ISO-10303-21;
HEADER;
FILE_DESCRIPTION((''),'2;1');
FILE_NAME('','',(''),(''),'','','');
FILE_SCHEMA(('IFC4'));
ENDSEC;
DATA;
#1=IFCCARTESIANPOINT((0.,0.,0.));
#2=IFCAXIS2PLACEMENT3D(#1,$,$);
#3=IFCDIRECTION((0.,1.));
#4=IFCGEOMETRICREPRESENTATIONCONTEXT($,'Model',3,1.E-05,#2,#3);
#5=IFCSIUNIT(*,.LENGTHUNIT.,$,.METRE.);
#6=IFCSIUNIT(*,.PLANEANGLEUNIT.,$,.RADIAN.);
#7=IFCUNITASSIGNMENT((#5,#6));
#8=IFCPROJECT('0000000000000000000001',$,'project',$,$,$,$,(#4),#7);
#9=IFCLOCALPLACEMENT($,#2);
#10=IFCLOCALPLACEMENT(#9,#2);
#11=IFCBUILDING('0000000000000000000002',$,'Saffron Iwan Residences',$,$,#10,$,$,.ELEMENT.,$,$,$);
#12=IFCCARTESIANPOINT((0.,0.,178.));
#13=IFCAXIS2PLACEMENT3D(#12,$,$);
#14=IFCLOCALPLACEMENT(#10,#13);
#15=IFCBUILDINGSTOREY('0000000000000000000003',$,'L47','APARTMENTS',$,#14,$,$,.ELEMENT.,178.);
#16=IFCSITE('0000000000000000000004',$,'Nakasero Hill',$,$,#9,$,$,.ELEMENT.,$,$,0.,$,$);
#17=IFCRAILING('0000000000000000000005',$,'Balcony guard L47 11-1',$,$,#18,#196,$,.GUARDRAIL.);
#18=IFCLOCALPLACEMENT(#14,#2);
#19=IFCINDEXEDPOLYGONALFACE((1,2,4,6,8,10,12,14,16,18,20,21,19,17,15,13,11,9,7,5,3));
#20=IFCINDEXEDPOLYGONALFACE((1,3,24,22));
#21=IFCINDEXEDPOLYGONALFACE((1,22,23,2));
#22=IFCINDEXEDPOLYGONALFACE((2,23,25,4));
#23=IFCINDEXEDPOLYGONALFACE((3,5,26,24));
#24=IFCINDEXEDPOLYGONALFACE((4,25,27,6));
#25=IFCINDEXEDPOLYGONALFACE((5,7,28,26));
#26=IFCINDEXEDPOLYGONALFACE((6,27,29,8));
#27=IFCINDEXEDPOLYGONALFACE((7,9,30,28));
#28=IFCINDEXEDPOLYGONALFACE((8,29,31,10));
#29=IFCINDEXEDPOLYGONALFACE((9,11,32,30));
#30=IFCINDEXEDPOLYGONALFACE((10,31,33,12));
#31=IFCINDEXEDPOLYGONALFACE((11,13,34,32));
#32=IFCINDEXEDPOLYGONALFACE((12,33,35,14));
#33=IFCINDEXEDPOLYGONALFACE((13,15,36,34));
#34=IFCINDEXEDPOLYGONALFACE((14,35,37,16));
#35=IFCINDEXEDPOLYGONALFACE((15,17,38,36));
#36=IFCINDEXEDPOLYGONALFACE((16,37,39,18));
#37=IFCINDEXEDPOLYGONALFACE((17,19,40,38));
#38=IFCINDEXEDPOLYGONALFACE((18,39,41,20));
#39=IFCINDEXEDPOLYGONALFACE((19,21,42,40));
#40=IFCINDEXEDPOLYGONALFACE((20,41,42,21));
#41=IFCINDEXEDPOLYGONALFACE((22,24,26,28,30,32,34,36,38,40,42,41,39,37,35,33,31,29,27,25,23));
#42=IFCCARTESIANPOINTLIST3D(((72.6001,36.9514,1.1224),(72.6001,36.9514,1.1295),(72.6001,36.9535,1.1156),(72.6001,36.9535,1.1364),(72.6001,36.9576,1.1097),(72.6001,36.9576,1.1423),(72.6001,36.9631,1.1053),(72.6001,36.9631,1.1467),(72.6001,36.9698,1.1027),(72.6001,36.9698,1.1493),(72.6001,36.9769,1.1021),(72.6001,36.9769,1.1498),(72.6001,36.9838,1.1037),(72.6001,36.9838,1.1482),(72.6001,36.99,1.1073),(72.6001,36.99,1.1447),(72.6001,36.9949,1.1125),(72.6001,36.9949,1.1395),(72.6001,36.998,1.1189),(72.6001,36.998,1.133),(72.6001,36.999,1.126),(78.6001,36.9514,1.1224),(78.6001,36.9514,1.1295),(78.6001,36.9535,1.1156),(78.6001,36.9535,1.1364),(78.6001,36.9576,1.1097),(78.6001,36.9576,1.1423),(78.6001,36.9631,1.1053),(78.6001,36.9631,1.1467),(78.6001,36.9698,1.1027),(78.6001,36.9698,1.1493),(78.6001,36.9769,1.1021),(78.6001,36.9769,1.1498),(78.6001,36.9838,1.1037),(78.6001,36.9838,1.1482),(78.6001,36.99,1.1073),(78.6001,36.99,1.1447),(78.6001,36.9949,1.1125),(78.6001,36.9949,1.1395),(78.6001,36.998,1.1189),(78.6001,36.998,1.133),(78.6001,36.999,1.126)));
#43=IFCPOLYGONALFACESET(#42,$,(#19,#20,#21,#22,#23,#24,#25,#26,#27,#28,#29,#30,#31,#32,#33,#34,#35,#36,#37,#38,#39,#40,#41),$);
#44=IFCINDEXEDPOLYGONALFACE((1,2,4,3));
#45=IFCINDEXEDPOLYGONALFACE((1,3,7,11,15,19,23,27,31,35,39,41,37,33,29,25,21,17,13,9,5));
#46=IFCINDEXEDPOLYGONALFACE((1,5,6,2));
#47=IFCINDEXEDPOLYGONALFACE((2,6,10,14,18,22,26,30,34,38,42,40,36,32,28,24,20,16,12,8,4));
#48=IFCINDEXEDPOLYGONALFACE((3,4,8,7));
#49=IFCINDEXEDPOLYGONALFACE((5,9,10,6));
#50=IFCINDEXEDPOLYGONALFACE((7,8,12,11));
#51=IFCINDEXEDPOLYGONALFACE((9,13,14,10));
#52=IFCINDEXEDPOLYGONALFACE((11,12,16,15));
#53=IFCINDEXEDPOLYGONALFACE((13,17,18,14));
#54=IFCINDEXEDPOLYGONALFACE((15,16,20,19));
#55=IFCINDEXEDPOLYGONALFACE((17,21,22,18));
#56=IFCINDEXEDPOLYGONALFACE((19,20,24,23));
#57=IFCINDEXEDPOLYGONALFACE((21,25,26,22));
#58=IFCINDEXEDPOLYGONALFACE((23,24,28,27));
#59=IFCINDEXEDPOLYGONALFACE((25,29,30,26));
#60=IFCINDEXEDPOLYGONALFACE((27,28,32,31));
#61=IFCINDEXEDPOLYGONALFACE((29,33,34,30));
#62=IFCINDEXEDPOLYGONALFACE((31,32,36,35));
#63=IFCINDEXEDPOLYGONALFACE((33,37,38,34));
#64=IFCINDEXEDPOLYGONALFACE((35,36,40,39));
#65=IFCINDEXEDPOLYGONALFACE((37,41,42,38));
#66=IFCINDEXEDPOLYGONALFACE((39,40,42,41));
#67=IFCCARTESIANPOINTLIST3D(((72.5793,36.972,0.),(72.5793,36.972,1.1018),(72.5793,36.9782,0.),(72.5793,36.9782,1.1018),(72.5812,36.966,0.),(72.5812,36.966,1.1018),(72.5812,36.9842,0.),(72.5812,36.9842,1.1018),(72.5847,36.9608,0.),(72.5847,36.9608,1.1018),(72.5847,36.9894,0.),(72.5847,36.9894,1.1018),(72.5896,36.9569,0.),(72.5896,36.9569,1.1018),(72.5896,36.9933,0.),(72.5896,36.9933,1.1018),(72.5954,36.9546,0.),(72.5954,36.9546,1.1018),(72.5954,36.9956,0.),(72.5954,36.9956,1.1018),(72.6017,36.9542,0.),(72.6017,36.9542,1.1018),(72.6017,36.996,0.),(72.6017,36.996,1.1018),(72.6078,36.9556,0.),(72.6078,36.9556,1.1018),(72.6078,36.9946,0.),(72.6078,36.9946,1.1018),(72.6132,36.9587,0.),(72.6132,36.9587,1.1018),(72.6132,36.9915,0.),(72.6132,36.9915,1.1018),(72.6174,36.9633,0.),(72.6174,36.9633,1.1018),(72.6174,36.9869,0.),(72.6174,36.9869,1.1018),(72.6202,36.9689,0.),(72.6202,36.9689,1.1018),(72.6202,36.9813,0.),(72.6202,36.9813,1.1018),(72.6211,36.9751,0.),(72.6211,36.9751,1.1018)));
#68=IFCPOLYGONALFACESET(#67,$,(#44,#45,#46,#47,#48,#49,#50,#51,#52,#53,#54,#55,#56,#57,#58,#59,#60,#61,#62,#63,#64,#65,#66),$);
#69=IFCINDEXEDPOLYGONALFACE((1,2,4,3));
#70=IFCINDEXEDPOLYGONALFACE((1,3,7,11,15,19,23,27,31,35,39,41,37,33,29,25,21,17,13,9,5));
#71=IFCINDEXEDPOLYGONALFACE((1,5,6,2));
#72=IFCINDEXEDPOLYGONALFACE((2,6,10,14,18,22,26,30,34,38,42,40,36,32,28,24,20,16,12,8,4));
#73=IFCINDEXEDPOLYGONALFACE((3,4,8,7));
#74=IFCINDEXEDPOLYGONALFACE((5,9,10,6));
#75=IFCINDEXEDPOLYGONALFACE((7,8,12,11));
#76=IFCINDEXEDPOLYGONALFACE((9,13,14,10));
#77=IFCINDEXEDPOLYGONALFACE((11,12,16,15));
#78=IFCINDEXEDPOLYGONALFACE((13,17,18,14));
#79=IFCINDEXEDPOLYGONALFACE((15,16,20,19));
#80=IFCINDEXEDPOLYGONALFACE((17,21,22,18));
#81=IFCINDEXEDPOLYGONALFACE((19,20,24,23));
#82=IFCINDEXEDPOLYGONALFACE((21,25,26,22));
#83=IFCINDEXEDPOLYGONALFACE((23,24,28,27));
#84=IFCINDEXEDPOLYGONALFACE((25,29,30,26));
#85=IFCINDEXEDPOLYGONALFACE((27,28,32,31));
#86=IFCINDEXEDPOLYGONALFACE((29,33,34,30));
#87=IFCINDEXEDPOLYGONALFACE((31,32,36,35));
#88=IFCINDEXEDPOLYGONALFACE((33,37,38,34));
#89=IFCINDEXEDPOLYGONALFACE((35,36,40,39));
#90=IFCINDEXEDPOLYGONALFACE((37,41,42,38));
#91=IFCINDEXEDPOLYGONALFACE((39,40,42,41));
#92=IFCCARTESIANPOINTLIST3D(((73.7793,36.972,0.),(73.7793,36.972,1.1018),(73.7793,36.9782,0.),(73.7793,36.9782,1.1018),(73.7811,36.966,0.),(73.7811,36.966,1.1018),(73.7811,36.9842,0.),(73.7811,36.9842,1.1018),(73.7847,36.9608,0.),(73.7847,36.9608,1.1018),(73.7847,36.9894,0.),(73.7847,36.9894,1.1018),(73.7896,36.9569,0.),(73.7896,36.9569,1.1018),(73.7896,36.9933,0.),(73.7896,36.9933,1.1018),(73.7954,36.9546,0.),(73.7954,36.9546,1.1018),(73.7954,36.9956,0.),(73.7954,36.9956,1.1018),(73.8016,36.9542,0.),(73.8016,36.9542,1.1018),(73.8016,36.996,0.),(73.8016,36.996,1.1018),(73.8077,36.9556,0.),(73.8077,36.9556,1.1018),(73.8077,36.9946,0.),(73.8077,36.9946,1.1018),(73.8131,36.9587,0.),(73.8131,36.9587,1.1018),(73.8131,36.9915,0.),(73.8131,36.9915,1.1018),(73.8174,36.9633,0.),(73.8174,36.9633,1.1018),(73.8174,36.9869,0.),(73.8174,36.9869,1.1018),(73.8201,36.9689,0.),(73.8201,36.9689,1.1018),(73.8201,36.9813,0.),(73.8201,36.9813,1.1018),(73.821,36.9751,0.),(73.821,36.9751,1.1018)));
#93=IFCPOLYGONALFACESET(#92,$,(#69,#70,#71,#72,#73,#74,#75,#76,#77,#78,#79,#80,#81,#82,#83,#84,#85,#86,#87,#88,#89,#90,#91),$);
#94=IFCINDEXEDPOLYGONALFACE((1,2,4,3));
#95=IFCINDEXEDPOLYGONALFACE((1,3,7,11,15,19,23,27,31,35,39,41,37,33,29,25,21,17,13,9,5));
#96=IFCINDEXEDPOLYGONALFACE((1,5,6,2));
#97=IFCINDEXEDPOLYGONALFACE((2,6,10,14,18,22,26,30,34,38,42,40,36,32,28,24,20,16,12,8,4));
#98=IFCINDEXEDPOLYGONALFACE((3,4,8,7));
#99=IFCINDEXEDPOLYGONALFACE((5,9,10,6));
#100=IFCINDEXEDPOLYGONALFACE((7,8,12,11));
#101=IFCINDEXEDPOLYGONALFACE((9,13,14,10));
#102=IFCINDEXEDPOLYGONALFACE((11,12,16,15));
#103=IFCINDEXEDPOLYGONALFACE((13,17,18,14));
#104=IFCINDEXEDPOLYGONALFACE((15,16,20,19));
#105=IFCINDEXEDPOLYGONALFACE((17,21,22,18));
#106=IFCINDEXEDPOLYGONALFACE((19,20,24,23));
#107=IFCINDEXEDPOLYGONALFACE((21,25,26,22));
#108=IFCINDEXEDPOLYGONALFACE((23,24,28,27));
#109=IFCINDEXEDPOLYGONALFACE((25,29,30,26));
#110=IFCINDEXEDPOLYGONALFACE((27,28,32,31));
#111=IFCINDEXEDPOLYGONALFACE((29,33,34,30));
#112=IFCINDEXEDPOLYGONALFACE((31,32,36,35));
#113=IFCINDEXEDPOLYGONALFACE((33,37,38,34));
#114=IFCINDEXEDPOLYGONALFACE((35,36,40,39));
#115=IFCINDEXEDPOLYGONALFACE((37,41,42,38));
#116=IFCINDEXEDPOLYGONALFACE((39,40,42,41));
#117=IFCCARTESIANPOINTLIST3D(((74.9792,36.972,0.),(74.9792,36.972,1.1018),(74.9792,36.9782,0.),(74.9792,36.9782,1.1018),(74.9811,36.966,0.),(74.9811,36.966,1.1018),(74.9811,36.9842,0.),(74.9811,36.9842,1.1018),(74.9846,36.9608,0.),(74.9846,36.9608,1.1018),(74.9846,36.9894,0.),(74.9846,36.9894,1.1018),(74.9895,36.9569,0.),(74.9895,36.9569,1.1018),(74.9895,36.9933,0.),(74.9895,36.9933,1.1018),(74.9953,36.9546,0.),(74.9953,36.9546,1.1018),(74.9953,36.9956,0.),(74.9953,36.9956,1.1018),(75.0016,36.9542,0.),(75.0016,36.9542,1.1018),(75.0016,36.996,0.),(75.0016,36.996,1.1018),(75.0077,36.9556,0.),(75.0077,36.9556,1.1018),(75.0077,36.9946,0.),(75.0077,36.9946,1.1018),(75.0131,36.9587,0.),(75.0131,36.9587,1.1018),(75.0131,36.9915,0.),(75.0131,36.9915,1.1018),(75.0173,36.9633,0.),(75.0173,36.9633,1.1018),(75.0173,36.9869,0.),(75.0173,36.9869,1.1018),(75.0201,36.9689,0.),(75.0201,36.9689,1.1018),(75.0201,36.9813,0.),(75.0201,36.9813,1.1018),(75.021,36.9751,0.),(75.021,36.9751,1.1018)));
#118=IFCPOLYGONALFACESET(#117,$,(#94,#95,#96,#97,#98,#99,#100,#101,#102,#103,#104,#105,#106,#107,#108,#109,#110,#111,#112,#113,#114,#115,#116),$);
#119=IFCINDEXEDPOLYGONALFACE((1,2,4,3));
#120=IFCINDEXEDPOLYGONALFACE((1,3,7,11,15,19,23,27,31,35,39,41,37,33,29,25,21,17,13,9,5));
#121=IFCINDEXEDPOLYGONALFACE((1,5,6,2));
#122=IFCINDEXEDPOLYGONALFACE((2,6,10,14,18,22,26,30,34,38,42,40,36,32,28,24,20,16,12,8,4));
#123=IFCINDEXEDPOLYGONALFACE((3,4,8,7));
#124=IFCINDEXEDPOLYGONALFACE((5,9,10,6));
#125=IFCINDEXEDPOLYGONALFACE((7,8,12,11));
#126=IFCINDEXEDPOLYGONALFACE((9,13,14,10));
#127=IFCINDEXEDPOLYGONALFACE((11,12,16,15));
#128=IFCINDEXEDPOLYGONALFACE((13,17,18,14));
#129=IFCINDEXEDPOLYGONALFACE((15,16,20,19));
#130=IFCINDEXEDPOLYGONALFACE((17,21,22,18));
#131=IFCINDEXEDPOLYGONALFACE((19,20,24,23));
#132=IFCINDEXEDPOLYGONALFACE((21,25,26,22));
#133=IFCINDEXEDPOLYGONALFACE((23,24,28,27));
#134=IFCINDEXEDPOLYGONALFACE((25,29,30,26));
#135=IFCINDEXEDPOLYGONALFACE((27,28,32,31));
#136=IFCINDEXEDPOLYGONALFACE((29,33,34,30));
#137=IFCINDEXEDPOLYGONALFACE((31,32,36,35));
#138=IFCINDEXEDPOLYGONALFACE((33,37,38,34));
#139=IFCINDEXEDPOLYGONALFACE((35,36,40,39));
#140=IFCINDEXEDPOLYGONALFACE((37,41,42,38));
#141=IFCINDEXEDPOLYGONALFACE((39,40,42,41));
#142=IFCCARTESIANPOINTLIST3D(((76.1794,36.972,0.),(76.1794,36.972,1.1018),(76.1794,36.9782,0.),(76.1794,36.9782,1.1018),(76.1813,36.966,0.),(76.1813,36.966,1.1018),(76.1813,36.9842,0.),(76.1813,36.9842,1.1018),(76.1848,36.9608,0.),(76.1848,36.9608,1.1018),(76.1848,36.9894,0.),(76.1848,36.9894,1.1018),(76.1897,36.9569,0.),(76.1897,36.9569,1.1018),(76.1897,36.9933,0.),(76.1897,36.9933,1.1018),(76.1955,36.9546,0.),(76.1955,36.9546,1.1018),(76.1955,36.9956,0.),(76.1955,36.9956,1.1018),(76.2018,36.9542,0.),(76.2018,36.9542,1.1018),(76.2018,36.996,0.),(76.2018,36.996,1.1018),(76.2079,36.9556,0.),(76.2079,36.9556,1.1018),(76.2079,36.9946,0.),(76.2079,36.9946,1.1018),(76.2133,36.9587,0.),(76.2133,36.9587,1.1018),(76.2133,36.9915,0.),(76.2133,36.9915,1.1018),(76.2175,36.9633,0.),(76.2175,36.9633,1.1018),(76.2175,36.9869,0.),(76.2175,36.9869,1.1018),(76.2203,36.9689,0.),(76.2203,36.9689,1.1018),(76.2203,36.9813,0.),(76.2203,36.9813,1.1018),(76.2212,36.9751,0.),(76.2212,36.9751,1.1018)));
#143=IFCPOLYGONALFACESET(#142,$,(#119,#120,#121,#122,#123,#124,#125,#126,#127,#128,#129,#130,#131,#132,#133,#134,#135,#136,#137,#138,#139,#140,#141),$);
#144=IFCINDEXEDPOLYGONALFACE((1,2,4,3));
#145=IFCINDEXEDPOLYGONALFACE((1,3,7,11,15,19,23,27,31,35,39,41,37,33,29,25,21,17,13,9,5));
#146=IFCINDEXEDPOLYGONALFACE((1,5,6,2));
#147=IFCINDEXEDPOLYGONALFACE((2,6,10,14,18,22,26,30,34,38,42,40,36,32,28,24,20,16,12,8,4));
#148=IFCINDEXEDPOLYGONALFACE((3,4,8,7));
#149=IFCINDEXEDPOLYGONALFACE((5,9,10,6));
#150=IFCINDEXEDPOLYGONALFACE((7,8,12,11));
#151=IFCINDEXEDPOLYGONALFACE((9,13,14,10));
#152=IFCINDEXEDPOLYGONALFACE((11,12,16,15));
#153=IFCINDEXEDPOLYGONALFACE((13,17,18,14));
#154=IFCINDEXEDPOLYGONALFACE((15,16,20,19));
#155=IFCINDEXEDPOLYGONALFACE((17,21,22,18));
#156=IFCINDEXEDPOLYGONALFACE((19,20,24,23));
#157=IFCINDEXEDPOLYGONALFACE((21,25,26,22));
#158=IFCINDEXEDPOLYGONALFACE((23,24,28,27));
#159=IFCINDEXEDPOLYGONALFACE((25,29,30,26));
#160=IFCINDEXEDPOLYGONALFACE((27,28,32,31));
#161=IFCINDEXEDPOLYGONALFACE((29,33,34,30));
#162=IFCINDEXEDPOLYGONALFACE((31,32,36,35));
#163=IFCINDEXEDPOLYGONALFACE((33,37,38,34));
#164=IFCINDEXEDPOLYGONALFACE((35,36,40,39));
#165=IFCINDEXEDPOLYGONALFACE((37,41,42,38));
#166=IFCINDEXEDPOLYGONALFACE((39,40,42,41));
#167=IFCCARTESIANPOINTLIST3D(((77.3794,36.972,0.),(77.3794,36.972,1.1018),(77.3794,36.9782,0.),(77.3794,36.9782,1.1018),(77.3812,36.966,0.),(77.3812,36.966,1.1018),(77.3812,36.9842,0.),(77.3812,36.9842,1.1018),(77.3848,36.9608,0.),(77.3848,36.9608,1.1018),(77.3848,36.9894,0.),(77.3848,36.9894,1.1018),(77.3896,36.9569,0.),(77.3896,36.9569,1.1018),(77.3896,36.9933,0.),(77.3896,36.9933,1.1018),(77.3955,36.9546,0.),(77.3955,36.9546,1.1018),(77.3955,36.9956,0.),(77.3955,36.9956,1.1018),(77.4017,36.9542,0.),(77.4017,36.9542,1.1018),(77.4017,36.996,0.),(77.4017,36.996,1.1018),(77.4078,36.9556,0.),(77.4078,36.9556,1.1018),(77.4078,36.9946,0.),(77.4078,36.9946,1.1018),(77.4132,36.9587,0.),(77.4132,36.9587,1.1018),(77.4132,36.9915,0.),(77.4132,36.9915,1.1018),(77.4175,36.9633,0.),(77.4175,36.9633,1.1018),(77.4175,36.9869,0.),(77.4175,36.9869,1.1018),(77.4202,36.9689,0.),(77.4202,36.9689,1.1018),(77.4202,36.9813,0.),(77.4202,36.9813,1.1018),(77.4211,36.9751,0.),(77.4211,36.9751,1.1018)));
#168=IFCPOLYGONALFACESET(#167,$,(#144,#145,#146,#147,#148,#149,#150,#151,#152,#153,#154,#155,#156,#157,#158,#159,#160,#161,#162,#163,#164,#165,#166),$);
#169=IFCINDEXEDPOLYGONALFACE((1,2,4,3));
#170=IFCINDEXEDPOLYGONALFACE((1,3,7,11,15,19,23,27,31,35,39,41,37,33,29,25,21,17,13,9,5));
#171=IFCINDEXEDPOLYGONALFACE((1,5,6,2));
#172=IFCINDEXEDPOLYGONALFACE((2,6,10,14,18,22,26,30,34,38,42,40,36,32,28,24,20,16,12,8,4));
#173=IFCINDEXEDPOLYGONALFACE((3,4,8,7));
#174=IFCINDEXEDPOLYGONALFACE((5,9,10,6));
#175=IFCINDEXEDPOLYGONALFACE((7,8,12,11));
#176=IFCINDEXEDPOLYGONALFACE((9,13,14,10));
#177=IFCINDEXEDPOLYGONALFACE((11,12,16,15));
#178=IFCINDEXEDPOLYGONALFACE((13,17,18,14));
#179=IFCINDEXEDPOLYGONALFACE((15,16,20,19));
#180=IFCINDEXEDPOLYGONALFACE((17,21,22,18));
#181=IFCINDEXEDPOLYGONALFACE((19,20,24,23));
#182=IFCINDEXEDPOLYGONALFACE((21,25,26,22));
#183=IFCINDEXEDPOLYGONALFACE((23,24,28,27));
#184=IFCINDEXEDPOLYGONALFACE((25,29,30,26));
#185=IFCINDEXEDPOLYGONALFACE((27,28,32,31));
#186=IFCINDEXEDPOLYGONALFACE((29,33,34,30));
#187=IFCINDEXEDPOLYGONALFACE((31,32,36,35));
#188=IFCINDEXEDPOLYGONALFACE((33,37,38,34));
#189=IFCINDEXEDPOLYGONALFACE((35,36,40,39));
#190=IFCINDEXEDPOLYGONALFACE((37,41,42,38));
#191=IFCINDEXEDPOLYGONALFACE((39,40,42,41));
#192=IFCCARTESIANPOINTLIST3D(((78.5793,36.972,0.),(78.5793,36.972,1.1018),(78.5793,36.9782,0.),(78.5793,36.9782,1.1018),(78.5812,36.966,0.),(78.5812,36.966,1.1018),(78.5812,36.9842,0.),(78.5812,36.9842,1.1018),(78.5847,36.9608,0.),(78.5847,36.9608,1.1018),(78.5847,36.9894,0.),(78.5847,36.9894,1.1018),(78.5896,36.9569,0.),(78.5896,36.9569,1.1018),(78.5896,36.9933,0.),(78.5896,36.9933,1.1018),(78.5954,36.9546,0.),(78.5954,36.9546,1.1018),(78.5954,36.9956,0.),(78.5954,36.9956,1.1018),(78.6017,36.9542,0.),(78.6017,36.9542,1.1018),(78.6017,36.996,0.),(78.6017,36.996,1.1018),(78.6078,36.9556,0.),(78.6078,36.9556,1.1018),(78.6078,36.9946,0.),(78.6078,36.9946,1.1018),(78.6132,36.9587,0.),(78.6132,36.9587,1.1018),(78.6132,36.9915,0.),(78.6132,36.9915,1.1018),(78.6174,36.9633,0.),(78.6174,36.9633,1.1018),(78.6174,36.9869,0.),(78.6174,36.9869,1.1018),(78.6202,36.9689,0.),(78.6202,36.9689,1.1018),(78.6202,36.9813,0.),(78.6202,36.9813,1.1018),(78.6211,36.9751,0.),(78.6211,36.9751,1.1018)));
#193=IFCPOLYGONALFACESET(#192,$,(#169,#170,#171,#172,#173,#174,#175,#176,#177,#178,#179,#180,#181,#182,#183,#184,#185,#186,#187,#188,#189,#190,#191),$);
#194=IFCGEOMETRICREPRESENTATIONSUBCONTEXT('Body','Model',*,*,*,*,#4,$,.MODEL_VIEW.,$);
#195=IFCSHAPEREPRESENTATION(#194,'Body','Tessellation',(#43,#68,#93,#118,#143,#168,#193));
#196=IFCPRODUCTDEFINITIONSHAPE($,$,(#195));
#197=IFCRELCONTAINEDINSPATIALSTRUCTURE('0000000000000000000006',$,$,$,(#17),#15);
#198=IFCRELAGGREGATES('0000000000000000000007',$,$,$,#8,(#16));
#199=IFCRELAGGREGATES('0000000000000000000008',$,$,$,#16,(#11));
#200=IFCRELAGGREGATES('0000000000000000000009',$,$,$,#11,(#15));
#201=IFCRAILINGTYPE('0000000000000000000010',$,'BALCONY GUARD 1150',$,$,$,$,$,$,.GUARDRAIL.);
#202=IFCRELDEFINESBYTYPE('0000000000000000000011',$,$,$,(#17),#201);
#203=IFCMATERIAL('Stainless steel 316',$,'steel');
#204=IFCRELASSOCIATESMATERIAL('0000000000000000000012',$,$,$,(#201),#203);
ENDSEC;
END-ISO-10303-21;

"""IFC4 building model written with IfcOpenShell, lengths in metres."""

from ifc_helpers import new_model, si_unit, direction, frame, origin, origin_2d, place, context, subcontext, project, spatial, circle, extrude, material, type_object, element, save


model = new_model("IFC4")

# Units and contexts
model_context = context("Model", 3, precision=1e-05, world=origin(), true_north=direction((0.0, 1.0)))
body_context = subcontext(model_context, "Body", "Model", "MODEL_VIEW")
ifc_project = project(units=[si_unit("LENGTHUNIT", "METRE"), si_unit("PLANEANGLEUNIT", "RADIAN")], contexts=[model_context])

# Site, building, storey
site_placement = place(None, origin())
site = spatial("IfcSite", under=ifc_project, at=site_placement, Name="Nakasero Hill", CompositionType="ELEMENT", RefElevation=0.0)
building_placement = place(site_placement, origin())
building = spatial("IfcBuilding", under=site, at=building_placement, Name="Saffron Iwan Residences", CompositionType="ELEMENT")
storey_placement = place(building_placement, frame((0.0, 0.0, 178.0)))
storey = spatial("IfcBuildingStorey", under=building, at=storey_placement, Name="L47", Description="APARTMENTS", CompositionType="ELEMENT", Elevation=178.0)

# Railing
ifc_material_1 = material(Name="Stainless steel 316", Category="steel")
railing_type = type_object("IfcRailingType", Name="BALCONY GUARD 1150", PredefinedType="GUARDRAIL", material=ifc_material_1)
railing_placement = place(storey_placement, frame((72.6001, 36.9751, 0.0)))
element("IfcRailing", 1, at=railing_placement, inside=storey, type_object=railing_type, Name="Balcony guard L47 11-1", PredefinedType="GUARDRAIL", context=body_context, shape_type="SweptSolid", body=[
    extrude(circle(Radius=0.0239, at=origin_2d()), frame((0.0, 0.0, 1.126), z_axis=(1.0, 0.0, 0.0), x_axis=(0.0, 1.0, 0.0)), (0.0, 0.0, 1.0), 6.0),
    extrude(circle(Radius=0.021, at=origin_2d()), origin(), (0.0, 0.0, 1.0), 1.1018),
    extrude(circle(Radius=0.021, at=origin_2d()), frame((1.2, 0.0, 0.0)), (0.0, 0.0, 1.0), 1.1018),
    extrude(circle(Radius=0.021, at=origin_2d()), frame((2.3999, 0.0, 0.0)), (0.0, 0.0, 1.0), 1.1018),
    extrude(circle(Radius=0.021, at=origin_2d()), frame((3.6001, 0.0, 0.0)), (0.0, 0.0, 1.0), 1.1018),
    extrude(circle(Radius=0.021, at=origin_2d()), frame((4.8, 0.0, 0.0)), (0.0, 0.0, 1.0), 1.1018),
    extrude(circle(Radius=0.021, at=origin_2d()), frame((6.0, 0.0, 0.0)), (0.0, 0.0, 1.0), 1.1018),
])

save(model, "model.ifc")
